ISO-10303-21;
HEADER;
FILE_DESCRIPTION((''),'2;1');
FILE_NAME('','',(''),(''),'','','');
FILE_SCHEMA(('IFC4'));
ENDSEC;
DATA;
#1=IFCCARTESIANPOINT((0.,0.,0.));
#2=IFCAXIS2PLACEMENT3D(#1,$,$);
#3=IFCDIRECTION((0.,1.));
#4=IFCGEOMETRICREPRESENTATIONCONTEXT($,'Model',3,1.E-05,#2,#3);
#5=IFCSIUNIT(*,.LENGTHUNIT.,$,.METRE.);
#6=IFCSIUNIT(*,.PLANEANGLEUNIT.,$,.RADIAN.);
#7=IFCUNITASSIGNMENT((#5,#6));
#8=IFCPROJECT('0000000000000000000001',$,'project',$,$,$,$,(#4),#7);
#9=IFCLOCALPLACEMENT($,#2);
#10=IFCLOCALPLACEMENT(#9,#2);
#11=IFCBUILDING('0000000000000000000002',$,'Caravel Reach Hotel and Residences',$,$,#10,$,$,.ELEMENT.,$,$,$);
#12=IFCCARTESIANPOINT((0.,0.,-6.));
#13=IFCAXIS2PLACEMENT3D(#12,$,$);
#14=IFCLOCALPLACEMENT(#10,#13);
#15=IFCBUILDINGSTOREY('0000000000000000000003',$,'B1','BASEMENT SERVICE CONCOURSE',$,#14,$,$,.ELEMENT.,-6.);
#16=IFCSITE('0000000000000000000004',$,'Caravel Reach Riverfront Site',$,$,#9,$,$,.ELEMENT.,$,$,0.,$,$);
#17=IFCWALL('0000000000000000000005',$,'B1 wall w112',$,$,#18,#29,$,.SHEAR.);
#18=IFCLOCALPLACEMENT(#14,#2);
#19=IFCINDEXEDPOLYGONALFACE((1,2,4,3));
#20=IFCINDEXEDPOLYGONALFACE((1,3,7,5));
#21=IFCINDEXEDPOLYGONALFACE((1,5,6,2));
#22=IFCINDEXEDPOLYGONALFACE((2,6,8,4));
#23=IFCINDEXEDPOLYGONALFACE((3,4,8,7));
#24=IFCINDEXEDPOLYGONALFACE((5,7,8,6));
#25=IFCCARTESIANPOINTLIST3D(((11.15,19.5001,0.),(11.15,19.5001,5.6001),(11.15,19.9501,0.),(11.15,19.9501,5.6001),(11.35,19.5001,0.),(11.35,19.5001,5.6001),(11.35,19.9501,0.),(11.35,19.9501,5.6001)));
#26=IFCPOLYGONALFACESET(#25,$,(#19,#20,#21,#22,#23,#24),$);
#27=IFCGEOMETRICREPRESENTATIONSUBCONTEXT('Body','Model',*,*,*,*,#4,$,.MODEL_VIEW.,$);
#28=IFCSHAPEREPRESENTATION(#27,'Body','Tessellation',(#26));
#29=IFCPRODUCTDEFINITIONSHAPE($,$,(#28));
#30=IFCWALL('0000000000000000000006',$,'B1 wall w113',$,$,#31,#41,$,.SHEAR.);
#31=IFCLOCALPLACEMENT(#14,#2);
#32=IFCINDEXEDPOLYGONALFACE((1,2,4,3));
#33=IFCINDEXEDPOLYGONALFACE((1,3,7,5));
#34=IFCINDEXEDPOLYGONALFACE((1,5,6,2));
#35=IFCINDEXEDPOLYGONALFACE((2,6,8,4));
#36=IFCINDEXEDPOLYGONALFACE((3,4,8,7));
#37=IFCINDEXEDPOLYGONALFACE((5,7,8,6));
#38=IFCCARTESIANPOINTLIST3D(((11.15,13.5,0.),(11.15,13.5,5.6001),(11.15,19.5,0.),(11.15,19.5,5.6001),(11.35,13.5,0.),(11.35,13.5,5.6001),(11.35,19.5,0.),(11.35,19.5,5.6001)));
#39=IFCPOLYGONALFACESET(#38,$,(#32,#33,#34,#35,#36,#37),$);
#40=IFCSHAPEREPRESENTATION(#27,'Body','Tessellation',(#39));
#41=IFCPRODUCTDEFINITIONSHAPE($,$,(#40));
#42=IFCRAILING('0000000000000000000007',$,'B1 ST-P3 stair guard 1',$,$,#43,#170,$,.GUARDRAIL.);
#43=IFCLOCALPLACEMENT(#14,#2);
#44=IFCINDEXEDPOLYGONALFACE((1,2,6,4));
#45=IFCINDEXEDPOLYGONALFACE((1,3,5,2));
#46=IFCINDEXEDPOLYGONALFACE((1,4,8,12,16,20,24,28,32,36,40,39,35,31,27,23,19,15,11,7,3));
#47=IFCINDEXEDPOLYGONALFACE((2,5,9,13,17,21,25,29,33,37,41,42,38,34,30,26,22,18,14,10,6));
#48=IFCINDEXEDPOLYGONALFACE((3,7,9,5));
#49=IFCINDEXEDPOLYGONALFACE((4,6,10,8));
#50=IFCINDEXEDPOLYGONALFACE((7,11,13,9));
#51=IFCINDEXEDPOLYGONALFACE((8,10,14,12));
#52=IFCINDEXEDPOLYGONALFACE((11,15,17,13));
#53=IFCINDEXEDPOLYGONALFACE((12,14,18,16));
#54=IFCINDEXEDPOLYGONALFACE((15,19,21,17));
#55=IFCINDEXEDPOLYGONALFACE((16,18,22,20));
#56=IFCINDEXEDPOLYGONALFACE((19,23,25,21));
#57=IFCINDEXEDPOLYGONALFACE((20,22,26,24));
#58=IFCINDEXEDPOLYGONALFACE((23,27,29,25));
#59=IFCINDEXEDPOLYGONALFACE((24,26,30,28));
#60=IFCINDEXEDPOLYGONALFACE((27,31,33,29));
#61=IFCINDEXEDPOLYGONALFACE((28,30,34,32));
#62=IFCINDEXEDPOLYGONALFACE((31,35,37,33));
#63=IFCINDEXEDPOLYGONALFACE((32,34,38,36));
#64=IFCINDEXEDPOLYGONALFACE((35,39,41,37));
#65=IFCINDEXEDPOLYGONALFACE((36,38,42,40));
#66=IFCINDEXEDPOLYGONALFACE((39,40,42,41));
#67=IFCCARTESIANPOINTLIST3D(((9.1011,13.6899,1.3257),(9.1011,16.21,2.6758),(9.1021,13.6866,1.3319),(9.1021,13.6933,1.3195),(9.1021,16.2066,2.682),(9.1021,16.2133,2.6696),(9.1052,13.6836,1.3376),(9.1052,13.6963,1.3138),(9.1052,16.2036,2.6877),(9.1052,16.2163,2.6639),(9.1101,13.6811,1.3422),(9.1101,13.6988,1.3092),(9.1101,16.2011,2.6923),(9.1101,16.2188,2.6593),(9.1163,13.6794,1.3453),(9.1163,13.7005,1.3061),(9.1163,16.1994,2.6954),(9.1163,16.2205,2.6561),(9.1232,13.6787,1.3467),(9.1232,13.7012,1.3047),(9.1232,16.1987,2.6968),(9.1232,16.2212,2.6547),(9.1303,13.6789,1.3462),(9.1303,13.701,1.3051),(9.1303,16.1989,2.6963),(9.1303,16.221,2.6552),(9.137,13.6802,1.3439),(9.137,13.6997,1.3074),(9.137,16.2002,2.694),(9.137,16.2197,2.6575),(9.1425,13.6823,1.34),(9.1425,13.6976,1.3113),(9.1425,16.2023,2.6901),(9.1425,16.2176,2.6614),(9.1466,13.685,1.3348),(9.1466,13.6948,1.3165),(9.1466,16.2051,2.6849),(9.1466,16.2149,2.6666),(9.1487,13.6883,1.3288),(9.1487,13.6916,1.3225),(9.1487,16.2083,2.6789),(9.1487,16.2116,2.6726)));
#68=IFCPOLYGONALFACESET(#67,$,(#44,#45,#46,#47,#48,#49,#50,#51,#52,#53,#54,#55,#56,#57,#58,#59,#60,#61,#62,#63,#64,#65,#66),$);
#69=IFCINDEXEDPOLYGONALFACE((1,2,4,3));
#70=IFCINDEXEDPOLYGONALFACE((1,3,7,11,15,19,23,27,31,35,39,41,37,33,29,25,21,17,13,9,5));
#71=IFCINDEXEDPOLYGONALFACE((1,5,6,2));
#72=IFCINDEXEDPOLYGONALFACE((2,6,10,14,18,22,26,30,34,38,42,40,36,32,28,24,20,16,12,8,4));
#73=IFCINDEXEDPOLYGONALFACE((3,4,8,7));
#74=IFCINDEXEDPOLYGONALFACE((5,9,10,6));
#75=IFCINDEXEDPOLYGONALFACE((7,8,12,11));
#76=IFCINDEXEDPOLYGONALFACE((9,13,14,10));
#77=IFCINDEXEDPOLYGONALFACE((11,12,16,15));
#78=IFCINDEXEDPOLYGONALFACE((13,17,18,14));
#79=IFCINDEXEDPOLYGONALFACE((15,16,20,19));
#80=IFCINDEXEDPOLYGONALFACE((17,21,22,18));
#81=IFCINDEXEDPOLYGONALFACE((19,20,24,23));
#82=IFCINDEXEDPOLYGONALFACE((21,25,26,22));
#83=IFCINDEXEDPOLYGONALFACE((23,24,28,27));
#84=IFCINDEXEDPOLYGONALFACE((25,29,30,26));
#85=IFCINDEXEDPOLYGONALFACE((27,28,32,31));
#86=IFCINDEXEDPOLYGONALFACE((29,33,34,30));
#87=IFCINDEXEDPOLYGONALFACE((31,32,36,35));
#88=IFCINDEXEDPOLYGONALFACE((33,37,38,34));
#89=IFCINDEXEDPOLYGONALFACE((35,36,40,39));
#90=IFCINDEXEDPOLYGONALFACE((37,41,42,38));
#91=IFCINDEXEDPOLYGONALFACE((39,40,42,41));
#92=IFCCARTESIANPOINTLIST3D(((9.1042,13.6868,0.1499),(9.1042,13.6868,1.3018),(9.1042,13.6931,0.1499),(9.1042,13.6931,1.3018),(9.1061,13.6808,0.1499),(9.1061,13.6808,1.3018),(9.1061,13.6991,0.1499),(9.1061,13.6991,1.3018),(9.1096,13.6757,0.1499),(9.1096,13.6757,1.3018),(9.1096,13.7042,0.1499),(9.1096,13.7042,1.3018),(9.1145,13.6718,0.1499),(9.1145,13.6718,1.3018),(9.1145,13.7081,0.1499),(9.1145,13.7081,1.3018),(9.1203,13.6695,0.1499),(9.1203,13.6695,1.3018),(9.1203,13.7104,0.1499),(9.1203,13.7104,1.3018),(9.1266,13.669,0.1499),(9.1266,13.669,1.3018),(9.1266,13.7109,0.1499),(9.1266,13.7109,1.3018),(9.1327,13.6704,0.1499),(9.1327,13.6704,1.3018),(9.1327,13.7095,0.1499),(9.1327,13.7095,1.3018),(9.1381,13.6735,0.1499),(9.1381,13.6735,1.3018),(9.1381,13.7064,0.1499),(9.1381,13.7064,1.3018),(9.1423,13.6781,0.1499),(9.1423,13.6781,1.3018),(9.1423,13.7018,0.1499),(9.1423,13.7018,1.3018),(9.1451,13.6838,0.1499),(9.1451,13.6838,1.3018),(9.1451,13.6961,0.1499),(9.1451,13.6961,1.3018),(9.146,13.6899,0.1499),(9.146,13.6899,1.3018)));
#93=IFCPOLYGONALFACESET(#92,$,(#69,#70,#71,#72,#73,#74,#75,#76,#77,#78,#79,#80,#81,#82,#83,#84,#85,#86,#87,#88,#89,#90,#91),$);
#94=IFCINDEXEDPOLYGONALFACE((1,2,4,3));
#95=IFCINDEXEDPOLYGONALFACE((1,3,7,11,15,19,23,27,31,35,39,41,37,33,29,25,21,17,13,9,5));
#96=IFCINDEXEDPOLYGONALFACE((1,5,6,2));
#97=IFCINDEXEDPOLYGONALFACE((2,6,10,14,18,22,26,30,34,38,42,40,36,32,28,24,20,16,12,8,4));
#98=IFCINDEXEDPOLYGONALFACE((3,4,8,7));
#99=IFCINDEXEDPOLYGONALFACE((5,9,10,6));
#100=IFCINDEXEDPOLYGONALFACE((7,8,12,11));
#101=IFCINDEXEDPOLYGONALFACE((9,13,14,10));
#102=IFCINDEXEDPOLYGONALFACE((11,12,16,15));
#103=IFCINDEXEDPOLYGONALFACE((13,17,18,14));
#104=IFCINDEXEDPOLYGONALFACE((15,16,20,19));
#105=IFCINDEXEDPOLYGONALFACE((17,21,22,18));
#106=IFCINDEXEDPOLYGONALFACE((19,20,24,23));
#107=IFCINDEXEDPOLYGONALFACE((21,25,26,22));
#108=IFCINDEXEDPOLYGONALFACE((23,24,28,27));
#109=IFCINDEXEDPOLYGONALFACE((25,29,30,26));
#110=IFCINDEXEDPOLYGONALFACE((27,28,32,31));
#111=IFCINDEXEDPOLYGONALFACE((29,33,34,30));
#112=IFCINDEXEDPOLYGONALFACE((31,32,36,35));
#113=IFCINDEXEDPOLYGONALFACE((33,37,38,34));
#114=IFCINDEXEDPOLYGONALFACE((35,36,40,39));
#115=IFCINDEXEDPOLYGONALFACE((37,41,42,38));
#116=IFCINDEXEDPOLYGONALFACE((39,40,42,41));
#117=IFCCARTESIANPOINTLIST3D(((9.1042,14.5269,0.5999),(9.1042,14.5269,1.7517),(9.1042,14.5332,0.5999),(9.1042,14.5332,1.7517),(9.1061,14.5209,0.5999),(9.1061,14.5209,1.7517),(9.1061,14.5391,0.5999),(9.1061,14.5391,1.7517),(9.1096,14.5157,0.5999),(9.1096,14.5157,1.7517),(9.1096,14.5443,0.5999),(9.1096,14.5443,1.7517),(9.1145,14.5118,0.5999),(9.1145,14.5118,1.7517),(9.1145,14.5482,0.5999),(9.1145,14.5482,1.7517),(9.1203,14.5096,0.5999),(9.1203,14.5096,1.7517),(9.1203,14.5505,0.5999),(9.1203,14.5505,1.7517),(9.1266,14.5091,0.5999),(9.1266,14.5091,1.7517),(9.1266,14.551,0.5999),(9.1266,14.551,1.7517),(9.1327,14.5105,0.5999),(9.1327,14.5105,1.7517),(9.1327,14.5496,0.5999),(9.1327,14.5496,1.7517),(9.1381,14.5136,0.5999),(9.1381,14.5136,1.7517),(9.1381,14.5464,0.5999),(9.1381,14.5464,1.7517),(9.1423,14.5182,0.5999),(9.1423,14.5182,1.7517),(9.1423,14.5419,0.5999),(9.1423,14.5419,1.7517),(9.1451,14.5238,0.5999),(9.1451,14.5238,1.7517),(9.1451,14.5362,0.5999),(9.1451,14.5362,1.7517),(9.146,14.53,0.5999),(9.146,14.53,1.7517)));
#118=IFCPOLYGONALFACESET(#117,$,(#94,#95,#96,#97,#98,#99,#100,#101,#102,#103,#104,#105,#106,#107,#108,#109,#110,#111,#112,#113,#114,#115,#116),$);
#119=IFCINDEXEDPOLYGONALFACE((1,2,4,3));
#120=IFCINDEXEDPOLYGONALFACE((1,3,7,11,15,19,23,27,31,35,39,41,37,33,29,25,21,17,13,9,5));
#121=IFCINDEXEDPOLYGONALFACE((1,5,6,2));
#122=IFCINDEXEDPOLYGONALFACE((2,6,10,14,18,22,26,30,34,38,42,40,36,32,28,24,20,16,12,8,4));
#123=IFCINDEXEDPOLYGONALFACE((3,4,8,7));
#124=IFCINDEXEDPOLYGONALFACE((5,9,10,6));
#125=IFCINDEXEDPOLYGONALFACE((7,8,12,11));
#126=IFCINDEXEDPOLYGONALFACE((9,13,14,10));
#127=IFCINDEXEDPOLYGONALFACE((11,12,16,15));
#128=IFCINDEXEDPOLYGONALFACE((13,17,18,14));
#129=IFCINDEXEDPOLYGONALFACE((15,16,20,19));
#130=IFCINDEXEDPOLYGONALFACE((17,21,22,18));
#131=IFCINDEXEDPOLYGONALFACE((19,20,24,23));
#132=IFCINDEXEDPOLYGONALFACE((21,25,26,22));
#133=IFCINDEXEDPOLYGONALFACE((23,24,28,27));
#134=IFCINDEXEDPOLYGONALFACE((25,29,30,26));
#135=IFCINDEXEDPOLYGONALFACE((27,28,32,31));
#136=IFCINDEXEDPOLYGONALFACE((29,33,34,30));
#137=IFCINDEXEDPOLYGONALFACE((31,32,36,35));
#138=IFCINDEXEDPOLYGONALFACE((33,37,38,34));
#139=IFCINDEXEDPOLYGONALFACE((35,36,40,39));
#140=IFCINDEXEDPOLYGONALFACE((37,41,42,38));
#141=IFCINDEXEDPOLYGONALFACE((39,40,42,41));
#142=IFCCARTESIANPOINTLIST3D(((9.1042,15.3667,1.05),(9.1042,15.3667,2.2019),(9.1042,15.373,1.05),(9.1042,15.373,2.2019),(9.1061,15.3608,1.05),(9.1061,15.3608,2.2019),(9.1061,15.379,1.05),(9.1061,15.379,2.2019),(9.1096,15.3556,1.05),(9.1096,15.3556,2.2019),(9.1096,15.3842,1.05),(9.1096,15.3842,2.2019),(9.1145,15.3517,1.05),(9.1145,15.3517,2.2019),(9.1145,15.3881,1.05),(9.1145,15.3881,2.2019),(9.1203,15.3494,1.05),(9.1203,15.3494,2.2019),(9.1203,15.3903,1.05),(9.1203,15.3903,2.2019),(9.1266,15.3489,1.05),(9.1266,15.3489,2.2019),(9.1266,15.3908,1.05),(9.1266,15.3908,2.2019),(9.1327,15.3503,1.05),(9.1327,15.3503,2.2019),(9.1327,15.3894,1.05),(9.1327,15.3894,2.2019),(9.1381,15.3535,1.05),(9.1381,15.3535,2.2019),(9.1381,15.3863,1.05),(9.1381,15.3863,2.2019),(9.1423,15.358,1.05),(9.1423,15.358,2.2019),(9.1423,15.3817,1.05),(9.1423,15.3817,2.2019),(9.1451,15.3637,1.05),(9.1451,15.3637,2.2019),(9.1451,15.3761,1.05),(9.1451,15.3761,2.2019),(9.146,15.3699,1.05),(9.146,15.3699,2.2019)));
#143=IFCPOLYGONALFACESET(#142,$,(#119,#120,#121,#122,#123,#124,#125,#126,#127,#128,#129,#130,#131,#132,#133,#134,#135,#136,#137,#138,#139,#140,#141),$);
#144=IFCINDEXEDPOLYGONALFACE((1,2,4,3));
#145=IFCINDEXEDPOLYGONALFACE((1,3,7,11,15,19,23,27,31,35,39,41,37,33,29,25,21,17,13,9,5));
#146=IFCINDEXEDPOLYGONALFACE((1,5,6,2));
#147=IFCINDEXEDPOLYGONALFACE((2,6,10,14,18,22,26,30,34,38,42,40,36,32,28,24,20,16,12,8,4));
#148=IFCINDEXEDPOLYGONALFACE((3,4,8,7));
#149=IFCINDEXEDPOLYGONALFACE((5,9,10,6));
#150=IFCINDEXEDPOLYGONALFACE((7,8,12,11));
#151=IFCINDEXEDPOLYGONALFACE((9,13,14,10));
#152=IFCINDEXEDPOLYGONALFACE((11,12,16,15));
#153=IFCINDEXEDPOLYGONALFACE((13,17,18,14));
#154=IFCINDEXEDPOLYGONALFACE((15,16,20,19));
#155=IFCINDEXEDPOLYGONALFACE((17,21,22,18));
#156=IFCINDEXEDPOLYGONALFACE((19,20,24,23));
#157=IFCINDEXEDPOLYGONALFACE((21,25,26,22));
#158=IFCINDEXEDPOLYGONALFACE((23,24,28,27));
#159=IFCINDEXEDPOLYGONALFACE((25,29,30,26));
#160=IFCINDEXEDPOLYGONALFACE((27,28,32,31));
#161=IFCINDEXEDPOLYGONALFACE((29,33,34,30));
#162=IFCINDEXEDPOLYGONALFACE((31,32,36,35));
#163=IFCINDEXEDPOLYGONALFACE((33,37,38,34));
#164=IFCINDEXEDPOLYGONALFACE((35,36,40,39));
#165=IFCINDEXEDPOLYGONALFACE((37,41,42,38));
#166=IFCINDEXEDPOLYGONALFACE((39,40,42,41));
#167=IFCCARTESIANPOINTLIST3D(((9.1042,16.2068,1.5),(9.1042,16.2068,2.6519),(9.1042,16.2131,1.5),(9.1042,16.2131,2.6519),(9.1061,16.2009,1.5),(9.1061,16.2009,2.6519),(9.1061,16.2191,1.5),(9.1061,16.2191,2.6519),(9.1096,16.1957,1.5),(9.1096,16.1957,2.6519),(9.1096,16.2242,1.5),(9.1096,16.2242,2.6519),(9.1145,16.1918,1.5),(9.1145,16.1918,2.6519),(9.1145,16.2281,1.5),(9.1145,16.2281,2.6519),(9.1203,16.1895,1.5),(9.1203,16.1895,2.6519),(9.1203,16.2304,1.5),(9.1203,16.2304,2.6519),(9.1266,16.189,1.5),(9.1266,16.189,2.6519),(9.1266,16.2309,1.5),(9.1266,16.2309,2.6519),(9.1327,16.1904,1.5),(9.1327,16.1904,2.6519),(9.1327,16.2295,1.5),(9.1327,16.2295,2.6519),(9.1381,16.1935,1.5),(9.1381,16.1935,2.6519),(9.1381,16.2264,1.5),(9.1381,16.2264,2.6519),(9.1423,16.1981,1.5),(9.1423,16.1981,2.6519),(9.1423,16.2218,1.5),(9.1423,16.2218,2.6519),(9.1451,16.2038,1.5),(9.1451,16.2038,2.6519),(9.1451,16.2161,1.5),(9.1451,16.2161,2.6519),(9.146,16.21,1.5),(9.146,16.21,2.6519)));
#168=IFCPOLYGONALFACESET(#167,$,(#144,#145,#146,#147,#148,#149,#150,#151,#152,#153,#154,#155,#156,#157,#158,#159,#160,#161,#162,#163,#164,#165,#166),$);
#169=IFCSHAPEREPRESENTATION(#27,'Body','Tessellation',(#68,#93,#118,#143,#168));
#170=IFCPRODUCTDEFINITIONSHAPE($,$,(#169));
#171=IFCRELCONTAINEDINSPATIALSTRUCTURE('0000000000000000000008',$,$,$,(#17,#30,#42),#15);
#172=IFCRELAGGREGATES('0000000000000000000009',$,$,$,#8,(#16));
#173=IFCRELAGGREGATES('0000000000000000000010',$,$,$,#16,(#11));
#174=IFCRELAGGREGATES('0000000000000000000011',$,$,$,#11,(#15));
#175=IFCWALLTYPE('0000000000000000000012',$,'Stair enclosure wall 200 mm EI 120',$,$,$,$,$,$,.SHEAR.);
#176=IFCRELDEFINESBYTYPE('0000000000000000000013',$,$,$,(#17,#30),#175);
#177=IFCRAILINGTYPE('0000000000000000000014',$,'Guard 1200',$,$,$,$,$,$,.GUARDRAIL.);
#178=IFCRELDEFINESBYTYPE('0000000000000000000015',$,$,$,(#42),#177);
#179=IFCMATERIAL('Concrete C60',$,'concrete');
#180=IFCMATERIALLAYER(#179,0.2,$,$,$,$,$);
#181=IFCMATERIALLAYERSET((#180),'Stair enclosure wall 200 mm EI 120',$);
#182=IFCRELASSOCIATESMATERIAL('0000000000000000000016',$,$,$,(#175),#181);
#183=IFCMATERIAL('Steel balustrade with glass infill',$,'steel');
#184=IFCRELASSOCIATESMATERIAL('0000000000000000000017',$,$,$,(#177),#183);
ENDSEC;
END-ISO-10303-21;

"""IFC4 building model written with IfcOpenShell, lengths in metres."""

from ifc_helpers import new_model, si_unit, direction, frame, frame_2d, origin, origin_2d, place, context, subcontext, project, spatial, rectangle, circle, extrude, material, layer, layer_set, type_object, element, save


model = new_model("IFC4")

# Units and contexts
model_context = context("Model", 3, precision=1e-05, world=origin(), true_north=direction((0.0, 1.0)))
body_context = subcontext(model_context, "Body", "Model", "MODEL_VIEW")
ifc_project = project(units=[si_unit("LENGTHUNIT", "METRE"), si_unit("PLANEANGLEUNIT", "RADIAN")], contexts=[model_context])

# Site, building, storey
site_placement = place(None, origin())
site = spatial("IfcSite", under=ifc_project, at=site_placement, Name="Caravel Reach Riverfront Site", CompositionType="ELEMENT", RefElevation=0.0)
building_placement = place(site_placement, origin())
building = spatial("IfcBuilding", under=site, at=building_placement, Name="Caravel Reach Hotel and Residences", CompositionType="ELEMENT")
storey_placement = place(building_placement, frame((0.0, 0.0, -6.0)))
storey = spatial("IfcBuildingStorey", under=building, at=storey_placement, Name="B1", Description="BASEMENT SERVICE CONCOURSE", CompositionType="ELEMENT", Elevation=-6.0)

# Walls
ifc_material_1 = material(Name="Concrete C60", Category="concrete")
ifc_layer_1 = layer(ifc_material_1, 0.2)
ifc_layer_set_1 = layer_set([ifc_layer_1], Name="Stair enclosure wall 200 mm EI 120")
wall_type_1 = type_object("IfcWallType", Name="Stair enclosure wall 200 mm EI 120", PredefinedType="SHEAR", material=ifc_layer_set_1)
wall_1_placement = place(storey_placement, frame((11.25, 19.5, 0.0), z_axis=(0.0, 0.0, 1.0), x_axis=(0.0, 1.0, 0.0)))
element("IfcWall", 1, at=wall_1_placement, inside=storey, type_object=wall_type_1, Name="B1 wall w112", PredefinedType="SHEAR", context=body_context, shape_type="SweptSolid", body=[
    extrude(rectangle(XDim=0.45, YDim=0.2, at=frame_2d((0.2251, 0.0))), origin(), (0.0, 0.0, 1.0), 5.6001),
])
wall_2_placement = place(storey_placement, frame((11.25, 13.5, 0.0), z_axis=(0.0, 0.0, 1.0), x_axis=(0.0, 1.0, 0.0)))
element("IfcWall", 2, at=wall_2_placement, inside=storey, type_object=wall_type_1, Name="B1 wall w113", PredefinedType="SHEAR", context=body_context, shape_type="SweptSolid", body=[
    extrude(rectangle(XDim=6.0, YDim=0.2, at=frame_2d((3.0, 0.0))), origin(), (0.0, 0.0, 1.0), 5.6001),
])

# Railing
ifc_material_2 = material(Name="Steel balustrade with glass infill", Category="steel")
railing_type_1 = type_object("IfcRailingType", Name="Guard 1200", PredefinedType="GUARDRAIL", material=ifc_material_2)
railing_1_placement = place(storey_placement, frame((9.125, 13.6899, 0.1499)))
element("IfcRailing", 3, at=railing_1_placement, inside=storey, type_object=railing_type_1, Name="B1 ST-P3 stair guard 1", PredefinedType="GUARDRAIL", context=body_context, shape_type="SweptSolid", body=[
    extrude(circle(Radius=0.0239, at=origin_2d()), frame((0.0, 0.0, 1.1758), z_axis=(0.0, 0.881467, 0.472245), x_axis=(-1.0, 0.0, 0.0)), (0.0, 0.0, 1.0), 2.8589),
    extrude(circle(Radius=0.021, at=origin_2d()), origin(), (0.0, 0.0, 1.0), 1.1519),
    extrude(circle(Radius=0.021, at=origin_2d()), frame((0.0, 0.8401, 0.45)), (0.0, 0.0, 1.0), 1.1519),
    extrude(circle(Radius=0.021, at=origin_2d()), frame((0.0, 1.6799, 0.9001)), (0.0, 0.0, 1.0), 1.1519),
    extrude(circle(Radius=0.021, at=origin_2d()), frame((0.0, 2.52, 1.3501)), (0.0, 0.0, 1.0), 1.1519),
])

save(model, "model.ifc")
